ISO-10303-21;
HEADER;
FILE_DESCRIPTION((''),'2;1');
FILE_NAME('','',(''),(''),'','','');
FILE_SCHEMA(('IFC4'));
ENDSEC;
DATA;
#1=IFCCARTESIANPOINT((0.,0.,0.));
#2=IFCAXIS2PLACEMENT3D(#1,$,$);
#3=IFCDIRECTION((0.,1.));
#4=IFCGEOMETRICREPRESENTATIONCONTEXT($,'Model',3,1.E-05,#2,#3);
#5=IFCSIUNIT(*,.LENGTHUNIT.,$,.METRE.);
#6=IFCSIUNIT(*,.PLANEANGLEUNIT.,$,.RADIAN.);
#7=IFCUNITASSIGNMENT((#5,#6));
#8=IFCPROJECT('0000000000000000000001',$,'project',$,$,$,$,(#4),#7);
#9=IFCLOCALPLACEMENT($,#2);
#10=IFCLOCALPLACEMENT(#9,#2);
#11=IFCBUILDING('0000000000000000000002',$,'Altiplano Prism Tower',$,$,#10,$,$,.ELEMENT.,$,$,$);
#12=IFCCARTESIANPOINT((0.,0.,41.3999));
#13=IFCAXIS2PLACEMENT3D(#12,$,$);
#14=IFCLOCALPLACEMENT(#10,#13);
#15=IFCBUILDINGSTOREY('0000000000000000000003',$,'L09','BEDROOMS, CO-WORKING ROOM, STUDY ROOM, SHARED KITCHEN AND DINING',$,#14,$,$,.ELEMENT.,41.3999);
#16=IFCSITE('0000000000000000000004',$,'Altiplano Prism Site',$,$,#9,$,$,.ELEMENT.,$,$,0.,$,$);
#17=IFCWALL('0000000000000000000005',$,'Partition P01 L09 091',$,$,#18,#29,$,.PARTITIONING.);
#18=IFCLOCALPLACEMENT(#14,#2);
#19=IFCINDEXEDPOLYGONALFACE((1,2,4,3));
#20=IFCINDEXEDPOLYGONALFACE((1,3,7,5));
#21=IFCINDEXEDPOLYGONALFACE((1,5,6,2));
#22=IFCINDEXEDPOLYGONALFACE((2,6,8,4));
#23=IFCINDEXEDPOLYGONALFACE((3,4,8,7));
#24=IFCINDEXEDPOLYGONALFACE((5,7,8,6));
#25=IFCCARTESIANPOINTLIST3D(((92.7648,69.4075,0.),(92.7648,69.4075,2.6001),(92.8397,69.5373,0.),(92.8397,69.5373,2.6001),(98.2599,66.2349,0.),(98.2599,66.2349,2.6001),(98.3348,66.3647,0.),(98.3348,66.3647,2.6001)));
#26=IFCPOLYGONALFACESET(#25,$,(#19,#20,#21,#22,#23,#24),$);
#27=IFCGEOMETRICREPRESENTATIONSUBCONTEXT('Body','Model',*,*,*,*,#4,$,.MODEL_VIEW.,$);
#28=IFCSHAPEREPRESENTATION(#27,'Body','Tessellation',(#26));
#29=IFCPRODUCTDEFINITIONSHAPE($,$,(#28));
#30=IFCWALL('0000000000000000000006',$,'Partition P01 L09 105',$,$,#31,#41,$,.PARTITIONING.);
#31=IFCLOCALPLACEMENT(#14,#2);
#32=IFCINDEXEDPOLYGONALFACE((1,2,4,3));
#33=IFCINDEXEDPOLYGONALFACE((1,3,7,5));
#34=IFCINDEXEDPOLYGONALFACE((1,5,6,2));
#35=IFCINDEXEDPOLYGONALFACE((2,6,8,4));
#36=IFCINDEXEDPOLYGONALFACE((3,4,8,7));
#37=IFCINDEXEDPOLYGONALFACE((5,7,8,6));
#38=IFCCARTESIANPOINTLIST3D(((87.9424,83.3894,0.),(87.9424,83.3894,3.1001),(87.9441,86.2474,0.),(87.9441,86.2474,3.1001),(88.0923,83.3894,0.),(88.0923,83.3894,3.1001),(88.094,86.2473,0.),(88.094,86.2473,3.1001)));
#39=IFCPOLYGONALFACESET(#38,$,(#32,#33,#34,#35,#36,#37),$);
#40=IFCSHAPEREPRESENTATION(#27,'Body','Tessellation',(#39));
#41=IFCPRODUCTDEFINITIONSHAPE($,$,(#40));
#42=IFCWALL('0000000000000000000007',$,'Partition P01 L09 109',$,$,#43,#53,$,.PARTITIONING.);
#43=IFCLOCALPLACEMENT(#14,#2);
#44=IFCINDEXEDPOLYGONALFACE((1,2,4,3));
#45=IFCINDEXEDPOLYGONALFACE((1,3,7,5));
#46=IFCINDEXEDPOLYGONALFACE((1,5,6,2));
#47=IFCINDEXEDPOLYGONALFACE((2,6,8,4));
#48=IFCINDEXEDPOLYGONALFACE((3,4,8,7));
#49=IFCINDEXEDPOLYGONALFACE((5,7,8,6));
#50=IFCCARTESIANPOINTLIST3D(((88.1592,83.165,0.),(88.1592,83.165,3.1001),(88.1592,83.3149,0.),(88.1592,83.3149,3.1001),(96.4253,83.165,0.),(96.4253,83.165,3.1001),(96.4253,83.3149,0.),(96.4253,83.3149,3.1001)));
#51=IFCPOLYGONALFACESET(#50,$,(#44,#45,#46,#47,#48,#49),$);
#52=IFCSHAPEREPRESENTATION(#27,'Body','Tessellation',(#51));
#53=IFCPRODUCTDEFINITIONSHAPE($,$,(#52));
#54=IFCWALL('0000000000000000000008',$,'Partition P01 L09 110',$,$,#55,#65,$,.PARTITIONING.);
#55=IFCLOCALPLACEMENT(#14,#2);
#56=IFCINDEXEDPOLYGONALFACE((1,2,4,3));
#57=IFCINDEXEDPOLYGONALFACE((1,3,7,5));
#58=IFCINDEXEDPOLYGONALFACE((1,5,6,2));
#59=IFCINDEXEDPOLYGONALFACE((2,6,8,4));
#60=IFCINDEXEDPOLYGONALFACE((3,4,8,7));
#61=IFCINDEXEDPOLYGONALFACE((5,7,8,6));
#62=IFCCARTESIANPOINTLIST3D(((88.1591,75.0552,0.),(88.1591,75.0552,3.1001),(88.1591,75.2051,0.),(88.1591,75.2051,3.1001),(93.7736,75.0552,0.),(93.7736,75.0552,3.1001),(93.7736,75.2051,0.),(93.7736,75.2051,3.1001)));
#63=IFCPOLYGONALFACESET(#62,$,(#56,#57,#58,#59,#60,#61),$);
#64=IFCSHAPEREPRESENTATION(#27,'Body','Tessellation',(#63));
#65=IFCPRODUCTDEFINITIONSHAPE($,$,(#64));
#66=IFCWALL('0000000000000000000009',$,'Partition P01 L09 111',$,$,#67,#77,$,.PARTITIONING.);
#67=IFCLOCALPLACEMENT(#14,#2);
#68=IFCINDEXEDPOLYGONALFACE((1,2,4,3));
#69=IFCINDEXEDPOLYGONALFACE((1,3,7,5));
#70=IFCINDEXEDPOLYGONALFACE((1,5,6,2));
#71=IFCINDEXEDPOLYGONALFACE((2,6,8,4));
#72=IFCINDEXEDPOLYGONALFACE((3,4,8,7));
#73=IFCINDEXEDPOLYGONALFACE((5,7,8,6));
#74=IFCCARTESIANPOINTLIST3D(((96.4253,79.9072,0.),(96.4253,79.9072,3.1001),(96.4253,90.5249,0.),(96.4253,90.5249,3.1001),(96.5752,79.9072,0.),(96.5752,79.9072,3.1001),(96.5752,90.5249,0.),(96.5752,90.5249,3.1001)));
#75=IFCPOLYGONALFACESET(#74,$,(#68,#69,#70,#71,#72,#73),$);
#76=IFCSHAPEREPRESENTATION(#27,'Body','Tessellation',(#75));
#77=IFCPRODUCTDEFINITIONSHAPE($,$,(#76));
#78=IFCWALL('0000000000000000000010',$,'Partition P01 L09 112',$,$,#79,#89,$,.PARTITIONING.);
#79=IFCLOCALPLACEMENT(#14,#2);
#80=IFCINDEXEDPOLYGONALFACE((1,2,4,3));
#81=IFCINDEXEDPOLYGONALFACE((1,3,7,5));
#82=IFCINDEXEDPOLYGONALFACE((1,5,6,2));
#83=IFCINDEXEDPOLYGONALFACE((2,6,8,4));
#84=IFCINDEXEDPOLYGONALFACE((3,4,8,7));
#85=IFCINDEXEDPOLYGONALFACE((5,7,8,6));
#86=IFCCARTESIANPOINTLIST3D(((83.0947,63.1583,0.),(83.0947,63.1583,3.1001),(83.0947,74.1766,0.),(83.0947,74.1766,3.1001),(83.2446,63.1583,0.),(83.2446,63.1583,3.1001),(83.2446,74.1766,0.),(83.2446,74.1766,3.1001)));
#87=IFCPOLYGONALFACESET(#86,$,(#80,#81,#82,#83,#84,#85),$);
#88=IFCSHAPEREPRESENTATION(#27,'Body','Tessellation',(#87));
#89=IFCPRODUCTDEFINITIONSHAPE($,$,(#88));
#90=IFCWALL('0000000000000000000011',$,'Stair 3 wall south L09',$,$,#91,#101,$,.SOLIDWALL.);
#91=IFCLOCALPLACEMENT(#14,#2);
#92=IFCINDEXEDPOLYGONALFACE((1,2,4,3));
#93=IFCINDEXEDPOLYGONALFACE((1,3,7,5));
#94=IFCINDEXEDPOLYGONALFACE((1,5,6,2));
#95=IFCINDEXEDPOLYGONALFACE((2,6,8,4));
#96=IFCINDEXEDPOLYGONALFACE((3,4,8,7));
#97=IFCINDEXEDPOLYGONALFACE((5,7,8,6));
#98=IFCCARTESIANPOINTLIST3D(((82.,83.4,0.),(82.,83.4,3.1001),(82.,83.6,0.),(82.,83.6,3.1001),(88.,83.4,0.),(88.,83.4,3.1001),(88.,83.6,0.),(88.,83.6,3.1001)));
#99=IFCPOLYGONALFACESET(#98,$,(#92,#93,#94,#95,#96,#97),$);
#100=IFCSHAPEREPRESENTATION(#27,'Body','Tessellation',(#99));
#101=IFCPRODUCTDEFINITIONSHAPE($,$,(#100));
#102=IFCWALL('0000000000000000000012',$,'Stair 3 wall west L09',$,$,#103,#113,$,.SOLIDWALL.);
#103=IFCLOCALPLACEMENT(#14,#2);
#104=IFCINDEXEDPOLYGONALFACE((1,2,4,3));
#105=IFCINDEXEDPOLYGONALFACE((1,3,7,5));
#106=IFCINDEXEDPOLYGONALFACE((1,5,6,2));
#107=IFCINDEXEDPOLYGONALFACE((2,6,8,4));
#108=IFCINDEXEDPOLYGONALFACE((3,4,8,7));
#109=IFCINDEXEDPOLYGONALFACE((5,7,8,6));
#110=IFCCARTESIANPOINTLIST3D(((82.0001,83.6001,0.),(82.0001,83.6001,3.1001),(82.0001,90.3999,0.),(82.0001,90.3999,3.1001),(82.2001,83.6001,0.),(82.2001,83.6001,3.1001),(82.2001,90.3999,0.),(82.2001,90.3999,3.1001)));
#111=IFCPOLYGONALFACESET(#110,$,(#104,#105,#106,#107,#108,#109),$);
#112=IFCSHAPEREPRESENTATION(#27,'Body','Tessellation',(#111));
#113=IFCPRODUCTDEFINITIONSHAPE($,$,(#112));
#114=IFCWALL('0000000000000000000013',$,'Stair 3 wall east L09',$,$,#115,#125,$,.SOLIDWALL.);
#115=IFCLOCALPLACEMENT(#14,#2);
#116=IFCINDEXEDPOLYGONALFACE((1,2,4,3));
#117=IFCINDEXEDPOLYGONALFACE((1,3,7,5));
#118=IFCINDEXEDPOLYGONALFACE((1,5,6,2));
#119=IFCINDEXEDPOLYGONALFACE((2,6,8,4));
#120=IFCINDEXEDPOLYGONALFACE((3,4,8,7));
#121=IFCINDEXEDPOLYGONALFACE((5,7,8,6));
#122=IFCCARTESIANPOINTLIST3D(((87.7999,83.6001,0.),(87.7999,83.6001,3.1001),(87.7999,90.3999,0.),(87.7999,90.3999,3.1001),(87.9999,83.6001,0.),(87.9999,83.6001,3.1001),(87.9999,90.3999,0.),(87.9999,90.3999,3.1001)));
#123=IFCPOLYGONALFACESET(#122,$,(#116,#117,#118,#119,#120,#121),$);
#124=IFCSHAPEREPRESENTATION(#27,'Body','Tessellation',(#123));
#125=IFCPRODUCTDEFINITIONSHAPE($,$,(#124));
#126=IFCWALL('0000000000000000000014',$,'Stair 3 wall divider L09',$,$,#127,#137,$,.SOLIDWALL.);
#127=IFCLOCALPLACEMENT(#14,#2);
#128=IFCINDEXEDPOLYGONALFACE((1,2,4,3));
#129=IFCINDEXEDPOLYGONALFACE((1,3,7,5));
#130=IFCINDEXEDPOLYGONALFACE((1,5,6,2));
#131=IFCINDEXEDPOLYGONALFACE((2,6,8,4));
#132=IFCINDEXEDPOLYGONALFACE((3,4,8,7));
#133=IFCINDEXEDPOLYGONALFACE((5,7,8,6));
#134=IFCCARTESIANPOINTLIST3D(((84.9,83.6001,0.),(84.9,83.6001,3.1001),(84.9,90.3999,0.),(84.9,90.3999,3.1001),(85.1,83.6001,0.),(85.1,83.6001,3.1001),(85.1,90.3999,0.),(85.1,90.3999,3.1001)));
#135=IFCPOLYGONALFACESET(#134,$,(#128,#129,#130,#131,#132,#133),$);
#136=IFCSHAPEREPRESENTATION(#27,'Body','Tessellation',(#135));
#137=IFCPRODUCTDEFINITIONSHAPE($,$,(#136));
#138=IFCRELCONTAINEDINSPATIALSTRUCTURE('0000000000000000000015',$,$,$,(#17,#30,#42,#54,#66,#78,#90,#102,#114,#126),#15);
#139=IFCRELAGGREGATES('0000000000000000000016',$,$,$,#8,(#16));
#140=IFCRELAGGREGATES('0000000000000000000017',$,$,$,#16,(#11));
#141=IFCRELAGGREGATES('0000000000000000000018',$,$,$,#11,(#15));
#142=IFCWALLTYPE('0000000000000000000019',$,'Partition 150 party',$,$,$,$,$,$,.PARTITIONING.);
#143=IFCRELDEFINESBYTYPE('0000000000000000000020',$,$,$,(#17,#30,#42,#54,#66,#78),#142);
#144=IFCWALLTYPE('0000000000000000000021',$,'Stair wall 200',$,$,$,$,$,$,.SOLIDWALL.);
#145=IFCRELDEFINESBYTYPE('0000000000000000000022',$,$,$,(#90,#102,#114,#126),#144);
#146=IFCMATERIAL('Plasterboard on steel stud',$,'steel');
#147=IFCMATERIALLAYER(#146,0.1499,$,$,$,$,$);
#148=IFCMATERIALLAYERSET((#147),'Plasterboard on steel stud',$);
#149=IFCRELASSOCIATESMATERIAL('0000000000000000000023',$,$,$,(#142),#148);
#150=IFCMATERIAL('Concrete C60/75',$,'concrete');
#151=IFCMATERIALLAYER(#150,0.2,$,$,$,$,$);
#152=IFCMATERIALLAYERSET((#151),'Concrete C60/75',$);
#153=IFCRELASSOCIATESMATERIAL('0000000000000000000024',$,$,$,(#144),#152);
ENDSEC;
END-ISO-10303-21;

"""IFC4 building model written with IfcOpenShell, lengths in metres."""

from ifc_helpers import new_model, si_unit, direction, frame, frame_2d, origin, place, context, subcontext, project, spatial, rectangle, extrude, material, layer, layer_set, type_object, element, save


model = new_model("IFC4")

# Units and contexts
model_context = context("Model", 3, precision=1e-05, world=origin(), true_north=direction((0.0, 1.0)))
body_context = subcontext(model_context, "Body", "Model", "MODEL_VIEW")
ifc_project = project(units=[si_unit("LENGTHUNIT", "METRE"), si_unit("PLANEANGLEUNIT", "RADIAN")], contexts=[model_context])

# Site, building, storey
site_placement = place(None, origin())
site = spatial("IfcSite", under=ifc_project, at=site_placement, Name="Altiplano Prism Site", CompositionType="ELEMENT", RefElevation=0.0)
building_placement = place(site_placement, origin())
building = spatial("IfcBuilding", under=site, at=building_placement, Name="Altiplano Prism Tower", CompositionType="ELEMENT")
storey_placement = place(building_placement, frame((0.0, 0.0, 41.3999)))
storey = spatial("IfcBuildingStorey", under=building, at=storey_placement, Name="L09", Description="BEDROOMS, CO-WORKING ROOM, STUDY ROOM, SHARED KITCHEN AND DINING", CompositionType="ELEMENT", Elevation=41.3999)

# Shared definitions
ifc_material_1 = material(Name="Concrete C60/75", Category="concrete")

# Shared definitions
ifc_material_2 = material(Name="Plasterboard on steel stud", Category="steel")

# Walls
ifc_layer_1 = layer(ifc_material_2, 0.1499)
ifc_layer_set_1 = layer_set([ifc_layer_1], Name="Plasterboard on steel stud")
wall_type_1 = type_object("IfcWallType", Name="Partition 150 party", PredefinedType="PARTITIONING", material=ifc_layer_set_1)
wall_1_placement = place(storey_placement, frame((98.2974, 66.2998, 0.0), z_axis=(0.0, 0.0, 1.0), x_axis=(-0.866025, 0.5, 0.0)))
element("IfcWall", 1, at=wall_1_placement, inside=storey, type_object=wall_type_1, Name="Partition P01 L09 091", PredefinedType="PARTITIONING", context=body_context, shape_type="SweptSolid", body=[
    extrude(rectangle(XDim=6.3452, YDim=0.1499, at=frame_2d((3.1726, 0.0))), origin(), (0.0, 0.0, 1.0), 2.6001),
])
wall_2_placement = place(storey_placement, frame((88.0173, 83.3894, 0.0), z_axis=(0.0, 0.0, 1.0), x_axis=(0.000598, 1.0, 0.0)))
element("IfcWall", 2, at=wall_2_placement, inside=storey, type_object=wall_type_1, Name="Partition P01 L09 105", PredefinedType="PARTITIONING", context=body_context, shape_type="SweptSolid", body=[
    extrude(rectangle(XDim=2.8579, YDim=0.1499, at=frame_2d((1.429, 0.0))), origin(), (0.0, 0.0, 1.0), 3.1001),
])
wall_3_placement = place(storey_placement, frame((96.4253, 83.24, 0.0), z_axis=(0.0, 0.0, 1.0), x_axis=(-1.0, 0.0, 0.0)))
element("IfcWall", 3, at=wall_3_placement, inside=storey, type_object=wall_type_1, Name="Partition P01 L09 109", PredefinedType="PARTITIONING", context=body_context, shape_type="SweptSolid", body=[
    extrude(rectangle(XDim=8.2661, YDim=0.1499, at=frame_2d((4.1331, 0.0))), origin(), (0.0, 0.0, 1.0), 3.1001),
])
wall_4_placement = place(storey_placement, frame((88.1592, 75.1301, 0.0), z_axis=(0.0, 0.0, 1.0), x_axis=(1.0, 0.0, 0.0)))
element("IfcWall", 4, at=wall_4_placement, inside=storey, type_object=wall_type_1, Name="Partition P01 L09 110", PredefinedType="PARTITIONING", context=body_context, shape_type="SweptSolid", body=[
    extrude(rectangle(XDim=5.6145, YDim=0.1499, at=frame_2d((2.8071, 0.0))), origin(), (0.0, 0.0, 1.0), 3.1001),
])
wall_5_placement = place(storey_placement, frame((96.5002, 79.9072, 0.0), z_axis=(0.0, 0.0, 1.0), x_axis=(0.0, 1.0, 0.0)))
element("IfcWall", 5, at=wall_5_placement, inside=storey, type_object=wall_type_1, Name="Partition P01 L09 111", PredefinedType="PARTITIONING", context=body_context, shape_type="SweptSolid", body=[
    extrude(rectangle(XDim=10.6177, YDim=0.1499, at=frame_2d((5.3088, 0.0))), origin(), (0.0, 0.0, 1.0), 3.1001),
])
wall_6_placement = place(storey_placement, frame((83.1697, 74.1768, 0.0), z_axis=(0.0, 0.0, 1.0), x_axis=(0.0, -1.0, 0.0)))
element("IfcWall", 6, at=wall_6_placement, inside=storey, type_object=wall_type_1, Name="Partition P01 L09 112", PredefinedType="PARTITIONING", context=body_context, shape_type="SweptSolid", body=[
    extrude(rectangle(XDim=11.0183, YDim=0.1499, at=frame_2d((5.5093, 0.0))), origin(), (0.0, 0.0, 1.0), 3.1001),
])
ifc_layer_2 = layer(ifc_material_1, 0.2)
ifc_layer_set_2 = layer_set([ifc_layer_2], Name="Concrete C60/75")
wall_type_2 = type_object("IfcWallType", Name="Stair wall 200", PredefinedType="SOLIDWALL", material=ifc_layer_set_2)
wall_7_placement = place(storey_placement, frame((82.0, 83.5, 0.0), z_axis=(0.0, 0.0, 1.0), x_axis=(1.0, 0.0, 0.0)))
element("IfcWall", 7, at=wall_7_placement, inside=storey, type_object=wall_type_2, Name="Stair 3 wall south L09", PredefinedType="SOLIDWALL", context=body_context, shape_type="SweptSolid", body=[
    extrude(rectangle(XDim=6.0, YDim=0.2, at=frame_2d((3.0, 0.0))), origin(), (0.0, 0.0, 1.0), 3.1001),
])
for number, where, z_axis, x_axis, name in (
    (8, (82.1001, 83.6001, 0.0), (0.0, 0.0, 1.0), (0.0, 1.0, 0.0), "Stair 3 wall west L09"),
    (9, (87.8999, 83.6001, 0.0), (0.0, 0.0, 1.0), (0.0, 1.0, 0.0), "Stair 3 wall east L09"),
    (10, (85.0, 83.6001, 0.0), (0.0, 0.0, 1.0), (0.0, 1.0, 0.0), "Stair 3 wall divider L09"),
):
    element("IfcWall", number, at=place(storey_placement, frame(where, z_axis=z_axis, x_axis=x_axis)), inside=storey, type_object=wall_type_2, Name=name, PredefinedType="SOLIDWALL", context=body_context, shape_type="SweptSolid", body=[
        extrude(rectangle(XDim=6.7998, YDim=0.2, at=frame_2d((3.3999, 0.0))), origin(), (0.0, 0.0, 1.0), 3.1001),
    ])

save(model, "model.ifc")
